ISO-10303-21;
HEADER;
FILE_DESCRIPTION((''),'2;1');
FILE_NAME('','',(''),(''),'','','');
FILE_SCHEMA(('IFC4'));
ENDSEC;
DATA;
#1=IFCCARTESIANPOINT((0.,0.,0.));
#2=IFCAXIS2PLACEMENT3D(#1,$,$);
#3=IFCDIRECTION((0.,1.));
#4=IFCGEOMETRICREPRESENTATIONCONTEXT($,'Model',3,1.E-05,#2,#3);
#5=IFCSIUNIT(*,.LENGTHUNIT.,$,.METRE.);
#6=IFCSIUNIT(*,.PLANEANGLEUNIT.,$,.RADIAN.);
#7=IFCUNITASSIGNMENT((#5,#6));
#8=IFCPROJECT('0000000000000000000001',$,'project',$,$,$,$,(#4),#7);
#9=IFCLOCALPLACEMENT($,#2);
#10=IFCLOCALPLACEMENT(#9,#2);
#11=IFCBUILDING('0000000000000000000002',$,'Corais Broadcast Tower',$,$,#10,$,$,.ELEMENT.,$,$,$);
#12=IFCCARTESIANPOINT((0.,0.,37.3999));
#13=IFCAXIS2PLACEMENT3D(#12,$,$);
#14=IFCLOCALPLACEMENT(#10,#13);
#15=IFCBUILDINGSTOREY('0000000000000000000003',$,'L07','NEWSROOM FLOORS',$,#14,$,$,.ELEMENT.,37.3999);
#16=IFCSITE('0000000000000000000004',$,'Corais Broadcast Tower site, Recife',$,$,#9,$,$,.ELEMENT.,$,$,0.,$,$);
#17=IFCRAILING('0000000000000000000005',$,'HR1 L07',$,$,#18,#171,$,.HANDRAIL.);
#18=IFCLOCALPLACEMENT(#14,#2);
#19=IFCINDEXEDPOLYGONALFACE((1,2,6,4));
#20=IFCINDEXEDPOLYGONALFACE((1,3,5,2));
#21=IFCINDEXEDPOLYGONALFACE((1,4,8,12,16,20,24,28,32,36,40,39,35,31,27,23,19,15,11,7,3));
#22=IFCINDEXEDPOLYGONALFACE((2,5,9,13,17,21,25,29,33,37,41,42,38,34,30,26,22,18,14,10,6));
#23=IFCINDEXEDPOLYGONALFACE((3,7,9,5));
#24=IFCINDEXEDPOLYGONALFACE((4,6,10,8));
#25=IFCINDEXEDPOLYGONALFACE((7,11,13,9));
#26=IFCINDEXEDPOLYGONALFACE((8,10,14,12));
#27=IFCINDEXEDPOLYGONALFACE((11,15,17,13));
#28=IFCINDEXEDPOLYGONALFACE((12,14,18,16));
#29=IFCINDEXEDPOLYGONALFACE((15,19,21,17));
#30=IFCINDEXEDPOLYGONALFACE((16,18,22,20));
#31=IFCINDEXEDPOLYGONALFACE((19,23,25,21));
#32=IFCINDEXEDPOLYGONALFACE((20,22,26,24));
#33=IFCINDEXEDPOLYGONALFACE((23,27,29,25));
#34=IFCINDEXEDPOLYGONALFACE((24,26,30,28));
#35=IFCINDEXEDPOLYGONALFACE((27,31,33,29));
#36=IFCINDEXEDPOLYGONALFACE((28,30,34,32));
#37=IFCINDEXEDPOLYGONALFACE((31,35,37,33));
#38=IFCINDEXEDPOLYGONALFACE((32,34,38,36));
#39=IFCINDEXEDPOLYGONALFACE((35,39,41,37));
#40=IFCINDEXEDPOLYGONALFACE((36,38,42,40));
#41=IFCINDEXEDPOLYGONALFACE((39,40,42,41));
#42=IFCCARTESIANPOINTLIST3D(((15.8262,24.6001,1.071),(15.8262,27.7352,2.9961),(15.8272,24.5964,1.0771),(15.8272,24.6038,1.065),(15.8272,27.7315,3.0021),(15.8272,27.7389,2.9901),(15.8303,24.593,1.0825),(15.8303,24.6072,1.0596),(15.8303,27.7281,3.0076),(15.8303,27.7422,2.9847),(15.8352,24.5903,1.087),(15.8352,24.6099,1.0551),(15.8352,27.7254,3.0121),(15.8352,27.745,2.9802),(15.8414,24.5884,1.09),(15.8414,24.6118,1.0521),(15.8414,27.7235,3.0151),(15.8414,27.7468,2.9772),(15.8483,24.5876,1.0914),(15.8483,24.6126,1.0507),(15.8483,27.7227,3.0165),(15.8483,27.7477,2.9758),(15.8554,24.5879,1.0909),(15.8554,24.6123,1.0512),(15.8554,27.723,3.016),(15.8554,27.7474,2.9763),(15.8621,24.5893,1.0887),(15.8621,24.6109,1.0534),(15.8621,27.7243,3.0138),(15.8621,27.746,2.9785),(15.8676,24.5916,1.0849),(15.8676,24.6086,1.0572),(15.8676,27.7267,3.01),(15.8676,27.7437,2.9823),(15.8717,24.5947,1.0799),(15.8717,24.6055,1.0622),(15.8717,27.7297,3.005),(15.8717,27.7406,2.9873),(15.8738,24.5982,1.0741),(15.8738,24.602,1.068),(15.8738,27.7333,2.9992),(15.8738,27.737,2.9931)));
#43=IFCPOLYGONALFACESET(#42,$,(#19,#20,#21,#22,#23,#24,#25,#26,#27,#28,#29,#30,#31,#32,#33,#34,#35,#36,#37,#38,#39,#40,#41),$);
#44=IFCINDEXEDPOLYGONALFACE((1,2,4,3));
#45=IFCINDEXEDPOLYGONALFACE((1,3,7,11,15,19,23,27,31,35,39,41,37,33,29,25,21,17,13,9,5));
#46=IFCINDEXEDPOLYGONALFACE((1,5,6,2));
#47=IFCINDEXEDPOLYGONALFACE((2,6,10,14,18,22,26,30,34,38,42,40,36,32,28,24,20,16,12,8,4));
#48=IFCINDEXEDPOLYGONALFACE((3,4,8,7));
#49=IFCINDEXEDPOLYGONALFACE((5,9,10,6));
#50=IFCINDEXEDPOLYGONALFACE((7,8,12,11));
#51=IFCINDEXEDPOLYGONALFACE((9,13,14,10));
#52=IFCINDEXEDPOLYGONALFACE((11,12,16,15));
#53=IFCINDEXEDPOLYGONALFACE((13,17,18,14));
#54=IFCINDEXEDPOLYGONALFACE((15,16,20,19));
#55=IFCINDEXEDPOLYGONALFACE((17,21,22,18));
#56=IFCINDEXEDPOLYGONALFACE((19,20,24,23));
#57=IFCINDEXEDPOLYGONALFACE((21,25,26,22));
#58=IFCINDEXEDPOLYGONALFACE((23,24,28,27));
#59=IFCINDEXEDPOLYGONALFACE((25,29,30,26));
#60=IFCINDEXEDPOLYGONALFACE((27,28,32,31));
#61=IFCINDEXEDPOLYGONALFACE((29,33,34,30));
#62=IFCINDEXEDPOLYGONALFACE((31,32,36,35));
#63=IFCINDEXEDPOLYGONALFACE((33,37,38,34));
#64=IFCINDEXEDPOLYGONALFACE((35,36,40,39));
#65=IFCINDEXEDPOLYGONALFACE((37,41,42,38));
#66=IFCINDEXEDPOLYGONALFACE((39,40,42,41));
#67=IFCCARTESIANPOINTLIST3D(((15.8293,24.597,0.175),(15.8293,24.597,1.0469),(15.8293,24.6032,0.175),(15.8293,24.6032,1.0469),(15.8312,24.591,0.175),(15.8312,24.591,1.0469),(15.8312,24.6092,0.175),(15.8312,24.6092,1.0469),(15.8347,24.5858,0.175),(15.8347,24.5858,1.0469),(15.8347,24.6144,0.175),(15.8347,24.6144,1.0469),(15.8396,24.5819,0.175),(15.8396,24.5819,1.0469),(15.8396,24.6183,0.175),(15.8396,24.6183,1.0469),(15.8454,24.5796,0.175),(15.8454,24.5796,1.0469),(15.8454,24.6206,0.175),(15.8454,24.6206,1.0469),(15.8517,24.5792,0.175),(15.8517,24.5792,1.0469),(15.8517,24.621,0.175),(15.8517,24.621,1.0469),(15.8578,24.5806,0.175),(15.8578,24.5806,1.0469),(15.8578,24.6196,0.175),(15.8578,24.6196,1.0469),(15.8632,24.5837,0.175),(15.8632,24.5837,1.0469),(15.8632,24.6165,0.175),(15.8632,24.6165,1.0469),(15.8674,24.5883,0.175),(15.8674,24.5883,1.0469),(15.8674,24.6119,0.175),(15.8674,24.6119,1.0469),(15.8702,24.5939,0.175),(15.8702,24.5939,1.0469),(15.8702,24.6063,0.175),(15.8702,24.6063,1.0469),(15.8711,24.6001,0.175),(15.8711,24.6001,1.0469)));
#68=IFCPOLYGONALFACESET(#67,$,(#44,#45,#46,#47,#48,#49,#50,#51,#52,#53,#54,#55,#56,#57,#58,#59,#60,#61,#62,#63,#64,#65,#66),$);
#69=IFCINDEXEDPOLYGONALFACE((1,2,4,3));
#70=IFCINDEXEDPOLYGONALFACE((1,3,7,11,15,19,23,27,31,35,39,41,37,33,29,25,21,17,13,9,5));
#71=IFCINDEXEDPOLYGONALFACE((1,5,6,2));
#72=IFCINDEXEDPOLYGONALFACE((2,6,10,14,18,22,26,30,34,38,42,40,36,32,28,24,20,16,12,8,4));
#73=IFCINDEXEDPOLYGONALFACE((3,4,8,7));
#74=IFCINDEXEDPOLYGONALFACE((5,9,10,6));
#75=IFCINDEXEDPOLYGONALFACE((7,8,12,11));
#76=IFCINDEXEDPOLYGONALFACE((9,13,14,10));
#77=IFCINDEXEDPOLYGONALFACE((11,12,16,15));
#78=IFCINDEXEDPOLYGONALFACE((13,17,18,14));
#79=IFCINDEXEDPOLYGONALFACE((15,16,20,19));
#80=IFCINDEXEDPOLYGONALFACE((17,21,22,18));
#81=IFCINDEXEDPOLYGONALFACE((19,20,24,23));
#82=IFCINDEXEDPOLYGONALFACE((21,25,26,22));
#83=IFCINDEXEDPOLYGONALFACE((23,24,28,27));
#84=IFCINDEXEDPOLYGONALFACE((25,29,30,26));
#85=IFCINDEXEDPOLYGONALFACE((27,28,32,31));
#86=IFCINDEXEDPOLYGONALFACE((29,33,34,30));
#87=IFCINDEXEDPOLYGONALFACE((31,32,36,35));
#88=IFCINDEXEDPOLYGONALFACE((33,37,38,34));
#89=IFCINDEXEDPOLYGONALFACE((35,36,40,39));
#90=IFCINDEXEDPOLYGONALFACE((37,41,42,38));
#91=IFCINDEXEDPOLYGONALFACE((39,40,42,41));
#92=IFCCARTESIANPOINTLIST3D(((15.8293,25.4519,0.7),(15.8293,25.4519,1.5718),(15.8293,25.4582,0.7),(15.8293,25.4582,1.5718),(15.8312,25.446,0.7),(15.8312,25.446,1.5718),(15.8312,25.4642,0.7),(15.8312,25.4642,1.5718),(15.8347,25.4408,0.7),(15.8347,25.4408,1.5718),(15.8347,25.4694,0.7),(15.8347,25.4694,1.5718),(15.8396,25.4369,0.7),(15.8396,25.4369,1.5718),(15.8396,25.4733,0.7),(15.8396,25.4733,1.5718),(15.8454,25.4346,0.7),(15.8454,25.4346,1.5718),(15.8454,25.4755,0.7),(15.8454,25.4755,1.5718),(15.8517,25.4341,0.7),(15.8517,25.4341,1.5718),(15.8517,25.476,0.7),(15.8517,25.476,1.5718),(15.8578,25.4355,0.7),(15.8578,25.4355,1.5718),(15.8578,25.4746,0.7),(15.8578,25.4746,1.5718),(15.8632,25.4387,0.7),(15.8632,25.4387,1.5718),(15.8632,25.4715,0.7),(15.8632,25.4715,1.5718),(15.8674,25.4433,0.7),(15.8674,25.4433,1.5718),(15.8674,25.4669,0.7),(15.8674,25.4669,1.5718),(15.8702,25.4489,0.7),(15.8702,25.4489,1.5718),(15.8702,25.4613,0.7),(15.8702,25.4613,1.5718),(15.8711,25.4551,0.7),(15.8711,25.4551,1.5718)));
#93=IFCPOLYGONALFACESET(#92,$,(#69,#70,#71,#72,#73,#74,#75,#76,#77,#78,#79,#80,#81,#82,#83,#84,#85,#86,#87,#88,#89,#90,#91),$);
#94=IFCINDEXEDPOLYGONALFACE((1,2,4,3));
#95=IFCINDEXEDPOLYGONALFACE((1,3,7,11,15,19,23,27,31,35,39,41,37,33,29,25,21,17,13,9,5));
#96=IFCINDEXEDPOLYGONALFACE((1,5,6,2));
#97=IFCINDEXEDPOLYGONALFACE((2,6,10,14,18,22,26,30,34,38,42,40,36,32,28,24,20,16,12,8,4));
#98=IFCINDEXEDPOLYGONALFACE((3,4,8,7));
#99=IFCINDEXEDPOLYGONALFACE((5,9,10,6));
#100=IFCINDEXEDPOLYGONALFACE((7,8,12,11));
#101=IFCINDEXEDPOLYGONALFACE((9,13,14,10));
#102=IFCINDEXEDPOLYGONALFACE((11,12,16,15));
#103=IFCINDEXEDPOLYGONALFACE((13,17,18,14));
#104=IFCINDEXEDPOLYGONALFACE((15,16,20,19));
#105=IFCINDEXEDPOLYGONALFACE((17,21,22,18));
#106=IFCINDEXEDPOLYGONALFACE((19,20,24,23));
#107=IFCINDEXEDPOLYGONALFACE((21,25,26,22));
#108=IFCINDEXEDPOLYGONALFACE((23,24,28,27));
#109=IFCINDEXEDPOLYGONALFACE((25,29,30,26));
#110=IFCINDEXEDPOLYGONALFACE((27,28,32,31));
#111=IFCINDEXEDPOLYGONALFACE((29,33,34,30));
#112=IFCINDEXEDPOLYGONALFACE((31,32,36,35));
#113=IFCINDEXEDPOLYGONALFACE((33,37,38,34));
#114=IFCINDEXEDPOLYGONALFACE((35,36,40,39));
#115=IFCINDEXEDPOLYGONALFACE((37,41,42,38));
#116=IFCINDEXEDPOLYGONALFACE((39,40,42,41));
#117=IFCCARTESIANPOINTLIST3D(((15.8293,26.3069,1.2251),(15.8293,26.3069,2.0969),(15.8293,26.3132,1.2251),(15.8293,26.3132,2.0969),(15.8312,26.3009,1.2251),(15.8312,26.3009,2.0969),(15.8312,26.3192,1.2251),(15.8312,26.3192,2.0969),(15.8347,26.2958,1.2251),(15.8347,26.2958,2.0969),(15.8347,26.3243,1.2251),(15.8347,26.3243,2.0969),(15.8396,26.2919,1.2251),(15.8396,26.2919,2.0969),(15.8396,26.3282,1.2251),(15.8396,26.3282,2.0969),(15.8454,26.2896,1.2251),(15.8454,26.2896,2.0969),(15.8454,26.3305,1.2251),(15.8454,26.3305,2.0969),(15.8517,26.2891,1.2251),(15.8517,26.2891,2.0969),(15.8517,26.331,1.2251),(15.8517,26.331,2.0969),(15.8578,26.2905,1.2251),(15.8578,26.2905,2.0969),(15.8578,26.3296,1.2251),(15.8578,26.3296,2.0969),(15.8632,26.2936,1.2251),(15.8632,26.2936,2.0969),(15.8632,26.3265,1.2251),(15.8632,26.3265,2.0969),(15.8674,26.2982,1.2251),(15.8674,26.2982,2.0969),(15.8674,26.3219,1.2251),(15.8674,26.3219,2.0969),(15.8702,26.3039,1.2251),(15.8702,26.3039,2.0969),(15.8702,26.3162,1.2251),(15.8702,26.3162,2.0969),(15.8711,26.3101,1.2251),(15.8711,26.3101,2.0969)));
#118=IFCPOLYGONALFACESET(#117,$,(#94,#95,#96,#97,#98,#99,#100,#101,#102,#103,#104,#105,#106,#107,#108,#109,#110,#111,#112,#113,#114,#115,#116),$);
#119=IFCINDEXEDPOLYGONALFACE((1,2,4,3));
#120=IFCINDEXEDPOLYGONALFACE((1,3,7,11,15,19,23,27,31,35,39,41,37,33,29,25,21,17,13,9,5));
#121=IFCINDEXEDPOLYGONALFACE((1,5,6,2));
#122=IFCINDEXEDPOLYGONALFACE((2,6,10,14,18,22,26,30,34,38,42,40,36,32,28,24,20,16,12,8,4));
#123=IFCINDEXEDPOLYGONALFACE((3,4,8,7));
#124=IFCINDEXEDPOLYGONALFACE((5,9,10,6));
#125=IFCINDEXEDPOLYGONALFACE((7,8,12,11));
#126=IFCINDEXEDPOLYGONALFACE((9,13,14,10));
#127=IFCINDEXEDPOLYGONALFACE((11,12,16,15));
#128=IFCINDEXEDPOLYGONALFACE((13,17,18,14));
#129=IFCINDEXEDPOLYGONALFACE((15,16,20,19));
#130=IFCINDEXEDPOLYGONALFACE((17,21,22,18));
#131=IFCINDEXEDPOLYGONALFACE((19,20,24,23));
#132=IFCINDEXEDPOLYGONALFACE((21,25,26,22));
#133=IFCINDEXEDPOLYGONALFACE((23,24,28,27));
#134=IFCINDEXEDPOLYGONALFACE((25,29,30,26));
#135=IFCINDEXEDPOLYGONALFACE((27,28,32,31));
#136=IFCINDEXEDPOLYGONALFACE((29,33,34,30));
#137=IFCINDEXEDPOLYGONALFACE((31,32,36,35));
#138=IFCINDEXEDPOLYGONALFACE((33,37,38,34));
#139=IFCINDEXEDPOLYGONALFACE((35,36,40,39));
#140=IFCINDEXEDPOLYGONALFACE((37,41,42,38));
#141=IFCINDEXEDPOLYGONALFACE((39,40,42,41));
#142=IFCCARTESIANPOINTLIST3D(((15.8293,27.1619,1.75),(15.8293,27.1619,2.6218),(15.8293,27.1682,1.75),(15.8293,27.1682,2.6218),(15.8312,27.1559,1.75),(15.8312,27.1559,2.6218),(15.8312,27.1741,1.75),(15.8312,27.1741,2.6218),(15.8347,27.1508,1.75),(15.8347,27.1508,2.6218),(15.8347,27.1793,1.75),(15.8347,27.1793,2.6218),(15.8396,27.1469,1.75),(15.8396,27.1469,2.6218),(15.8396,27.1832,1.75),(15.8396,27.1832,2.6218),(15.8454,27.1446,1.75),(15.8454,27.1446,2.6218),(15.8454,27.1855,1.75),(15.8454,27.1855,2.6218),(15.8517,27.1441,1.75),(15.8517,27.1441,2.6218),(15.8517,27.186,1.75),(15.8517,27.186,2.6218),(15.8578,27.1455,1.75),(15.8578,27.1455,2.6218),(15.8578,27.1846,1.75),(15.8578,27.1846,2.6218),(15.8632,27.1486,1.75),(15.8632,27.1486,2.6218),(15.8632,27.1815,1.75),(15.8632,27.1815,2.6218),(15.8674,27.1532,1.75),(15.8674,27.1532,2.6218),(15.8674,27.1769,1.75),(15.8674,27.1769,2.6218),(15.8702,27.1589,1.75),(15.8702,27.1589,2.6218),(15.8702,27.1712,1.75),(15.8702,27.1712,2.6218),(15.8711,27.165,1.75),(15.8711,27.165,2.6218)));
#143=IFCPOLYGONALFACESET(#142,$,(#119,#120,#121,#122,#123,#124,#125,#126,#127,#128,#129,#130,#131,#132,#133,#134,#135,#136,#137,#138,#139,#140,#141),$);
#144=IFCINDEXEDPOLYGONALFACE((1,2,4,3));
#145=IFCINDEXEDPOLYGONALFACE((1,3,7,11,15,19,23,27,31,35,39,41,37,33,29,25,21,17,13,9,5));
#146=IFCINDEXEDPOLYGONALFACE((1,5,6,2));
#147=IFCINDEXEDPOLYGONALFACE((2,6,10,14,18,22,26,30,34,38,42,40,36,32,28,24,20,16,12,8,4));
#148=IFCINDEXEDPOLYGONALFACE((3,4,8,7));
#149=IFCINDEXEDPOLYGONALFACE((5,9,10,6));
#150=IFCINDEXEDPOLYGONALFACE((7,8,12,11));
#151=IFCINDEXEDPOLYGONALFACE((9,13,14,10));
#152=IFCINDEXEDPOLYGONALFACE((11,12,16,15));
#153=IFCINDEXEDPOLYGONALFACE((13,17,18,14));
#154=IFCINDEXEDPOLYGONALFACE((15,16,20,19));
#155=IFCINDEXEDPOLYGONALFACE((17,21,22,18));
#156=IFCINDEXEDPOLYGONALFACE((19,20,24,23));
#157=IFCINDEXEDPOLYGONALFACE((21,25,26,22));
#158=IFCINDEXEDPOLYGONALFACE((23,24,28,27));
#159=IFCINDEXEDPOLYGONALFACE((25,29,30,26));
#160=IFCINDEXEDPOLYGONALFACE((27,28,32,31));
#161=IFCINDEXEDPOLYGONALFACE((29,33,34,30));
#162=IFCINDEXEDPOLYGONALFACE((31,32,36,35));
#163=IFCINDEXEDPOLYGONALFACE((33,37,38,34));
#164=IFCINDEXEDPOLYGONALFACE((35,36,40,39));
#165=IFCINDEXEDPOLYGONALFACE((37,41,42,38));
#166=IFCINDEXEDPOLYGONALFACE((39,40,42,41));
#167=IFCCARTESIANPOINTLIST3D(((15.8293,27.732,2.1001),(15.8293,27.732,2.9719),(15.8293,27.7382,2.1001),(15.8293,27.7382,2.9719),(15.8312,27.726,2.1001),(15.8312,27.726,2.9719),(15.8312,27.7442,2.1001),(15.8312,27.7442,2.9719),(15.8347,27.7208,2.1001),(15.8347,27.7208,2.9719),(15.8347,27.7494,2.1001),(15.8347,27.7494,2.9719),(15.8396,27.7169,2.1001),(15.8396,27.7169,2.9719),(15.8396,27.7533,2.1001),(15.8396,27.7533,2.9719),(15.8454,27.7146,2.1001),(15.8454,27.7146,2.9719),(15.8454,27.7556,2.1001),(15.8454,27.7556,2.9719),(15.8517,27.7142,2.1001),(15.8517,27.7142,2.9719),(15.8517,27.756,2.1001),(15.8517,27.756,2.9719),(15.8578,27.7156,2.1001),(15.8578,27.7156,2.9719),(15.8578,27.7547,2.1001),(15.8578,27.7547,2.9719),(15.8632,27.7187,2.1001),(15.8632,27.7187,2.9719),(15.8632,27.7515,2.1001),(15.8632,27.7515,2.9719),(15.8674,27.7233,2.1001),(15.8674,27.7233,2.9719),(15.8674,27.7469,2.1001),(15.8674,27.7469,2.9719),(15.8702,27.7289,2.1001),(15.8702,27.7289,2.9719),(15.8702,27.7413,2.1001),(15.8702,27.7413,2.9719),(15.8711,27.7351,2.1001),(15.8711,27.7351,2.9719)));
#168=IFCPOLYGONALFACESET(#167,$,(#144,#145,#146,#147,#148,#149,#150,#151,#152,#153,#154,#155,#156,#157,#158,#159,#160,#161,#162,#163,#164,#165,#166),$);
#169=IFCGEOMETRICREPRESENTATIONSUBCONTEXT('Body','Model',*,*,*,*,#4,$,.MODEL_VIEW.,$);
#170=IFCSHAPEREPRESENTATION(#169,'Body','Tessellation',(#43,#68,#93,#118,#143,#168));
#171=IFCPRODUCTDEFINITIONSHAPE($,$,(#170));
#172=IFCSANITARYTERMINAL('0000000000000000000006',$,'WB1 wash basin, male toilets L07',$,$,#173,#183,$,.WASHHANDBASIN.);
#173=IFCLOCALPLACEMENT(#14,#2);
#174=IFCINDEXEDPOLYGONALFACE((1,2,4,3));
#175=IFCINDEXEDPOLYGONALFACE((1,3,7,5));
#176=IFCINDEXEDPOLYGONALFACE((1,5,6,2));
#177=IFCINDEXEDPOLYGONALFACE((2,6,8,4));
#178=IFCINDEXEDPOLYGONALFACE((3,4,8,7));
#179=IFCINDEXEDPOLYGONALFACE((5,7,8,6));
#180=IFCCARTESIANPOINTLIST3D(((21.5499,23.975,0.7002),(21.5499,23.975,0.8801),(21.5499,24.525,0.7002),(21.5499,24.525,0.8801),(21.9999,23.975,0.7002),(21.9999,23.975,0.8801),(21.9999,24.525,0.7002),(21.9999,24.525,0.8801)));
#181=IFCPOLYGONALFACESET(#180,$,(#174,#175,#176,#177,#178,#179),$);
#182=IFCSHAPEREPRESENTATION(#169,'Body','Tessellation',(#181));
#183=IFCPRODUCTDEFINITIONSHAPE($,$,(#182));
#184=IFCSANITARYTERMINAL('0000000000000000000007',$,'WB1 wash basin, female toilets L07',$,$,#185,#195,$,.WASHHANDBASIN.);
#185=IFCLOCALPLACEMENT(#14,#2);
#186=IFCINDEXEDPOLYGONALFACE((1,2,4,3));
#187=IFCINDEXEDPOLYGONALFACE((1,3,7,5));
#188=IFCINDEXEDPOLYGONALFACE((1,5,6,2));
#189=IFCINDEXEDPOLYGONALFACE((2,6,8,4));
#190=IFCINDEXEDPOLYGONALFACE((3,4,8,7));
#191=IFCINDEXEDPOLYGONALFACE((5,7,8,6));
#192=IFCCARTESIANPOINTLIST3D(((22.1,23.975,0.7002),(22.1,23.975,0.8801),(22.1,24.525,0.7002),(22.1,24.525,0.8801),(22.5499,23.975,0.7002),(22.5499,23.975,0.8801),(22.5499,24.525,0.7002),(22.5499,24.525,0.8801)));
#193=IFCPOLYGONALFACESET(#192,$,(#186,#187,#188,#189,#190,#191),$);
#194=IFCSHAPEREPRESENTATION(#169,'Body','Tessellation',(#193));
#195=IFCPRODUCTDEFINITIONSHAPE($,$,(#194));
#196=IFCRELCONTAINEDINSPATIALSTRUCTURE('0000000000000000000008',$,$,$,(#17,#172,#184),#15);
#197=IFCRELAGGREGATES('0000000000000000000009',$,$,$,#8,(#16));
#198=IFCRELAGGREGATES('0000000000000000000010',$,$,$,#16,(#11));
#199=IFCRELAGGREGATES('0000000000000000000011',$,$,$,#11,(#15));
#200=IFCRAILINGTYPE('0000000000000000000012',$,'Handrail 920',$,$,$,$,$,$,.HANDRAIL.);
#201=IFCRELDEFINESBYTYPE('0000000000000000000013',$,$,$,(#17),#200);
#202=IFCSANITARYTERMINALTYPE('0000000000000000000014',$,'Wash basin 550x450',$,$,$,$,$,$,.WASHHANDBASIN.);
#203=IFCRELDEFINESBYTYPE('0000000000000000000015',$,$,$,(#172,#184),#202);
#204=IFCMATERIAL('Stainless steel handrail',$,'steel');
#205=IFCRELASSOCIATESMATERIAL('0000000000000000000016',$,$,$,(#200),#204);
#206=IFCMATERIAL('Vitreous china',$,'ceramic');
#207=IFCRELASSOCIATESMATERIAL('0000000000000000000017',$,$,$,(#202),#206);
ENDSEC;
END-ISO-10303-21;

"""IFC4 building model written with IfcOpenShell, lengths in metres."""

from ifc_helpers import new_model, si_unit, direction, frame, origin, origin_2d, place, context, subcontext, project, spatial, rectangle, circle, extrude, material, type_object, element, save


model = new_model("IFC4")

# Units and contexts
model_context = context("Model", 3, precision=1e-05, world=origin(), true_north=direction((0.0, 1.0)))
body_context = subcontext(model_context, "Body", "Model", "MODEL_VIEW")
ifc_project = project(units=[si_unit("LENGTHUNIT", "METRE"), si_unit("PLANEANGLEUNIT", "RADIAN")], contexts=[model_context])

# Site, building, storey
site_placement = place(None, origin())
site = spatial("IfcSite", under=ifc_project, at=site_placement, Name="Corais Broadcast Tower site, Recife", CompositionType="ELEMENT", RefElevation=0.0)
building_placement = place(site_placement, origin())
building = spatial("IfcBuilding", under=site, at=building_placement, Name="Corais Broadcast Tower", CompositionType="ELEMENT")
storey_placement = place(building_placement, frame((0.0, 0.0, 37.3999)))
storey = spatial("IfcBuildingStorey", under=building, at=storey_placement, Name="L07", Description="NEWSROOM FLOORS", CompositionType="ELEMENT", Elevation=37.3999)

# Railing
ifc_material_1 = material(Name="Stainless steel handrail", Category="steel")
railing_type = type_object("IfcRailingType", Name="Handrail 920", PredefinedType="HANDRAIL", material=ifc_material_1)
for number, where, name in (
    (1, (15.8501, 24.6001, 0.175), "HR1 L07"),
):
    element("IfcRailing", number, at=place(storey_placement, frame(where)), inside=storey, type_object=railing_type, Name=name, PredefinedType="HANDRAIL", context=body_context, shape_type="SweptSolid", body=[
        extrude(circle(Radius=0.0239, at=origin_2d()), frame((0.0, 0.0, 0.896), z_axis=(0.0, 0.852166, 0.523271), x_axis=(-1.0, 0.0, 0.0)), (0.0, 0.0, 1.0), 3.679),
        extrude(circle(Radius=0.021, at=origin_2d()), origin(), (0.0, 0.0, 1.0), 0.8718),
        extrude(circle(Radius=0.021, at=origin_2d()), frame((0.0, 0.855, 0.5249)), (0.0, 0.0, 1.0), 0.8718),
        extrude(circle(Radius=0.021, at=origin_2d()), frame((0.0, 1.71, 1.05)), (0.0, 0.0, 1.0), 0.8718),
        extrude(circle(Radius=0.021, at=origin_2d()), frame((0.0, 2.5649, 1.575)), (0.0, 0.0, 1.0), 0.8718),
        extrude(circle(Radius=0.021, at=origin_2d()), frame((0.0, 3.135, 1.925)), (0.0, 0.0, 1.0), 0.8718),
    ])

# Sanitary terminals
ifc_material_2 = material(Name="Vitreous china", Category="ceramic")
sanitary_terminal_type = type_object("IfcSanitaryTerminalType", Name="Wash basin 550x450", PredefinedType="WASHHANDBASIN", material=ifc_material_2)
for number, where, z_axis, x_axis, name in (
    (2, (21.7749, 24.25, 0.7002), (0.0, 0.0, 1.0), (1.0, 0.0, 0.0), "WB1 wash basin, male toilets L07"),
    (3, (22.325, 24.25, 0.7002), (0.0, 0.0, 1.0), (1.0, 0.0, 0.0), "WB1 wash basin, female toilets L07"),
):
    element("IfcSanitaryTerminal", number, at=place(storey_placement, frame(where, z_axis=z_axis, x_axis=x_axis)), inside=storey, type_object=sanitary_terminal_type, Name=name, PredefinedType="WASHHANDBASIN", context=body_context, shape_type="SweptSolid", body=[
        extrude(rectangle(XDim=0.45, YDim=0.55, at=origin_2d()), origin(), (0.0, 0.0, 1.0), 0.1799),
    ])

save(model, "model.ifc")
